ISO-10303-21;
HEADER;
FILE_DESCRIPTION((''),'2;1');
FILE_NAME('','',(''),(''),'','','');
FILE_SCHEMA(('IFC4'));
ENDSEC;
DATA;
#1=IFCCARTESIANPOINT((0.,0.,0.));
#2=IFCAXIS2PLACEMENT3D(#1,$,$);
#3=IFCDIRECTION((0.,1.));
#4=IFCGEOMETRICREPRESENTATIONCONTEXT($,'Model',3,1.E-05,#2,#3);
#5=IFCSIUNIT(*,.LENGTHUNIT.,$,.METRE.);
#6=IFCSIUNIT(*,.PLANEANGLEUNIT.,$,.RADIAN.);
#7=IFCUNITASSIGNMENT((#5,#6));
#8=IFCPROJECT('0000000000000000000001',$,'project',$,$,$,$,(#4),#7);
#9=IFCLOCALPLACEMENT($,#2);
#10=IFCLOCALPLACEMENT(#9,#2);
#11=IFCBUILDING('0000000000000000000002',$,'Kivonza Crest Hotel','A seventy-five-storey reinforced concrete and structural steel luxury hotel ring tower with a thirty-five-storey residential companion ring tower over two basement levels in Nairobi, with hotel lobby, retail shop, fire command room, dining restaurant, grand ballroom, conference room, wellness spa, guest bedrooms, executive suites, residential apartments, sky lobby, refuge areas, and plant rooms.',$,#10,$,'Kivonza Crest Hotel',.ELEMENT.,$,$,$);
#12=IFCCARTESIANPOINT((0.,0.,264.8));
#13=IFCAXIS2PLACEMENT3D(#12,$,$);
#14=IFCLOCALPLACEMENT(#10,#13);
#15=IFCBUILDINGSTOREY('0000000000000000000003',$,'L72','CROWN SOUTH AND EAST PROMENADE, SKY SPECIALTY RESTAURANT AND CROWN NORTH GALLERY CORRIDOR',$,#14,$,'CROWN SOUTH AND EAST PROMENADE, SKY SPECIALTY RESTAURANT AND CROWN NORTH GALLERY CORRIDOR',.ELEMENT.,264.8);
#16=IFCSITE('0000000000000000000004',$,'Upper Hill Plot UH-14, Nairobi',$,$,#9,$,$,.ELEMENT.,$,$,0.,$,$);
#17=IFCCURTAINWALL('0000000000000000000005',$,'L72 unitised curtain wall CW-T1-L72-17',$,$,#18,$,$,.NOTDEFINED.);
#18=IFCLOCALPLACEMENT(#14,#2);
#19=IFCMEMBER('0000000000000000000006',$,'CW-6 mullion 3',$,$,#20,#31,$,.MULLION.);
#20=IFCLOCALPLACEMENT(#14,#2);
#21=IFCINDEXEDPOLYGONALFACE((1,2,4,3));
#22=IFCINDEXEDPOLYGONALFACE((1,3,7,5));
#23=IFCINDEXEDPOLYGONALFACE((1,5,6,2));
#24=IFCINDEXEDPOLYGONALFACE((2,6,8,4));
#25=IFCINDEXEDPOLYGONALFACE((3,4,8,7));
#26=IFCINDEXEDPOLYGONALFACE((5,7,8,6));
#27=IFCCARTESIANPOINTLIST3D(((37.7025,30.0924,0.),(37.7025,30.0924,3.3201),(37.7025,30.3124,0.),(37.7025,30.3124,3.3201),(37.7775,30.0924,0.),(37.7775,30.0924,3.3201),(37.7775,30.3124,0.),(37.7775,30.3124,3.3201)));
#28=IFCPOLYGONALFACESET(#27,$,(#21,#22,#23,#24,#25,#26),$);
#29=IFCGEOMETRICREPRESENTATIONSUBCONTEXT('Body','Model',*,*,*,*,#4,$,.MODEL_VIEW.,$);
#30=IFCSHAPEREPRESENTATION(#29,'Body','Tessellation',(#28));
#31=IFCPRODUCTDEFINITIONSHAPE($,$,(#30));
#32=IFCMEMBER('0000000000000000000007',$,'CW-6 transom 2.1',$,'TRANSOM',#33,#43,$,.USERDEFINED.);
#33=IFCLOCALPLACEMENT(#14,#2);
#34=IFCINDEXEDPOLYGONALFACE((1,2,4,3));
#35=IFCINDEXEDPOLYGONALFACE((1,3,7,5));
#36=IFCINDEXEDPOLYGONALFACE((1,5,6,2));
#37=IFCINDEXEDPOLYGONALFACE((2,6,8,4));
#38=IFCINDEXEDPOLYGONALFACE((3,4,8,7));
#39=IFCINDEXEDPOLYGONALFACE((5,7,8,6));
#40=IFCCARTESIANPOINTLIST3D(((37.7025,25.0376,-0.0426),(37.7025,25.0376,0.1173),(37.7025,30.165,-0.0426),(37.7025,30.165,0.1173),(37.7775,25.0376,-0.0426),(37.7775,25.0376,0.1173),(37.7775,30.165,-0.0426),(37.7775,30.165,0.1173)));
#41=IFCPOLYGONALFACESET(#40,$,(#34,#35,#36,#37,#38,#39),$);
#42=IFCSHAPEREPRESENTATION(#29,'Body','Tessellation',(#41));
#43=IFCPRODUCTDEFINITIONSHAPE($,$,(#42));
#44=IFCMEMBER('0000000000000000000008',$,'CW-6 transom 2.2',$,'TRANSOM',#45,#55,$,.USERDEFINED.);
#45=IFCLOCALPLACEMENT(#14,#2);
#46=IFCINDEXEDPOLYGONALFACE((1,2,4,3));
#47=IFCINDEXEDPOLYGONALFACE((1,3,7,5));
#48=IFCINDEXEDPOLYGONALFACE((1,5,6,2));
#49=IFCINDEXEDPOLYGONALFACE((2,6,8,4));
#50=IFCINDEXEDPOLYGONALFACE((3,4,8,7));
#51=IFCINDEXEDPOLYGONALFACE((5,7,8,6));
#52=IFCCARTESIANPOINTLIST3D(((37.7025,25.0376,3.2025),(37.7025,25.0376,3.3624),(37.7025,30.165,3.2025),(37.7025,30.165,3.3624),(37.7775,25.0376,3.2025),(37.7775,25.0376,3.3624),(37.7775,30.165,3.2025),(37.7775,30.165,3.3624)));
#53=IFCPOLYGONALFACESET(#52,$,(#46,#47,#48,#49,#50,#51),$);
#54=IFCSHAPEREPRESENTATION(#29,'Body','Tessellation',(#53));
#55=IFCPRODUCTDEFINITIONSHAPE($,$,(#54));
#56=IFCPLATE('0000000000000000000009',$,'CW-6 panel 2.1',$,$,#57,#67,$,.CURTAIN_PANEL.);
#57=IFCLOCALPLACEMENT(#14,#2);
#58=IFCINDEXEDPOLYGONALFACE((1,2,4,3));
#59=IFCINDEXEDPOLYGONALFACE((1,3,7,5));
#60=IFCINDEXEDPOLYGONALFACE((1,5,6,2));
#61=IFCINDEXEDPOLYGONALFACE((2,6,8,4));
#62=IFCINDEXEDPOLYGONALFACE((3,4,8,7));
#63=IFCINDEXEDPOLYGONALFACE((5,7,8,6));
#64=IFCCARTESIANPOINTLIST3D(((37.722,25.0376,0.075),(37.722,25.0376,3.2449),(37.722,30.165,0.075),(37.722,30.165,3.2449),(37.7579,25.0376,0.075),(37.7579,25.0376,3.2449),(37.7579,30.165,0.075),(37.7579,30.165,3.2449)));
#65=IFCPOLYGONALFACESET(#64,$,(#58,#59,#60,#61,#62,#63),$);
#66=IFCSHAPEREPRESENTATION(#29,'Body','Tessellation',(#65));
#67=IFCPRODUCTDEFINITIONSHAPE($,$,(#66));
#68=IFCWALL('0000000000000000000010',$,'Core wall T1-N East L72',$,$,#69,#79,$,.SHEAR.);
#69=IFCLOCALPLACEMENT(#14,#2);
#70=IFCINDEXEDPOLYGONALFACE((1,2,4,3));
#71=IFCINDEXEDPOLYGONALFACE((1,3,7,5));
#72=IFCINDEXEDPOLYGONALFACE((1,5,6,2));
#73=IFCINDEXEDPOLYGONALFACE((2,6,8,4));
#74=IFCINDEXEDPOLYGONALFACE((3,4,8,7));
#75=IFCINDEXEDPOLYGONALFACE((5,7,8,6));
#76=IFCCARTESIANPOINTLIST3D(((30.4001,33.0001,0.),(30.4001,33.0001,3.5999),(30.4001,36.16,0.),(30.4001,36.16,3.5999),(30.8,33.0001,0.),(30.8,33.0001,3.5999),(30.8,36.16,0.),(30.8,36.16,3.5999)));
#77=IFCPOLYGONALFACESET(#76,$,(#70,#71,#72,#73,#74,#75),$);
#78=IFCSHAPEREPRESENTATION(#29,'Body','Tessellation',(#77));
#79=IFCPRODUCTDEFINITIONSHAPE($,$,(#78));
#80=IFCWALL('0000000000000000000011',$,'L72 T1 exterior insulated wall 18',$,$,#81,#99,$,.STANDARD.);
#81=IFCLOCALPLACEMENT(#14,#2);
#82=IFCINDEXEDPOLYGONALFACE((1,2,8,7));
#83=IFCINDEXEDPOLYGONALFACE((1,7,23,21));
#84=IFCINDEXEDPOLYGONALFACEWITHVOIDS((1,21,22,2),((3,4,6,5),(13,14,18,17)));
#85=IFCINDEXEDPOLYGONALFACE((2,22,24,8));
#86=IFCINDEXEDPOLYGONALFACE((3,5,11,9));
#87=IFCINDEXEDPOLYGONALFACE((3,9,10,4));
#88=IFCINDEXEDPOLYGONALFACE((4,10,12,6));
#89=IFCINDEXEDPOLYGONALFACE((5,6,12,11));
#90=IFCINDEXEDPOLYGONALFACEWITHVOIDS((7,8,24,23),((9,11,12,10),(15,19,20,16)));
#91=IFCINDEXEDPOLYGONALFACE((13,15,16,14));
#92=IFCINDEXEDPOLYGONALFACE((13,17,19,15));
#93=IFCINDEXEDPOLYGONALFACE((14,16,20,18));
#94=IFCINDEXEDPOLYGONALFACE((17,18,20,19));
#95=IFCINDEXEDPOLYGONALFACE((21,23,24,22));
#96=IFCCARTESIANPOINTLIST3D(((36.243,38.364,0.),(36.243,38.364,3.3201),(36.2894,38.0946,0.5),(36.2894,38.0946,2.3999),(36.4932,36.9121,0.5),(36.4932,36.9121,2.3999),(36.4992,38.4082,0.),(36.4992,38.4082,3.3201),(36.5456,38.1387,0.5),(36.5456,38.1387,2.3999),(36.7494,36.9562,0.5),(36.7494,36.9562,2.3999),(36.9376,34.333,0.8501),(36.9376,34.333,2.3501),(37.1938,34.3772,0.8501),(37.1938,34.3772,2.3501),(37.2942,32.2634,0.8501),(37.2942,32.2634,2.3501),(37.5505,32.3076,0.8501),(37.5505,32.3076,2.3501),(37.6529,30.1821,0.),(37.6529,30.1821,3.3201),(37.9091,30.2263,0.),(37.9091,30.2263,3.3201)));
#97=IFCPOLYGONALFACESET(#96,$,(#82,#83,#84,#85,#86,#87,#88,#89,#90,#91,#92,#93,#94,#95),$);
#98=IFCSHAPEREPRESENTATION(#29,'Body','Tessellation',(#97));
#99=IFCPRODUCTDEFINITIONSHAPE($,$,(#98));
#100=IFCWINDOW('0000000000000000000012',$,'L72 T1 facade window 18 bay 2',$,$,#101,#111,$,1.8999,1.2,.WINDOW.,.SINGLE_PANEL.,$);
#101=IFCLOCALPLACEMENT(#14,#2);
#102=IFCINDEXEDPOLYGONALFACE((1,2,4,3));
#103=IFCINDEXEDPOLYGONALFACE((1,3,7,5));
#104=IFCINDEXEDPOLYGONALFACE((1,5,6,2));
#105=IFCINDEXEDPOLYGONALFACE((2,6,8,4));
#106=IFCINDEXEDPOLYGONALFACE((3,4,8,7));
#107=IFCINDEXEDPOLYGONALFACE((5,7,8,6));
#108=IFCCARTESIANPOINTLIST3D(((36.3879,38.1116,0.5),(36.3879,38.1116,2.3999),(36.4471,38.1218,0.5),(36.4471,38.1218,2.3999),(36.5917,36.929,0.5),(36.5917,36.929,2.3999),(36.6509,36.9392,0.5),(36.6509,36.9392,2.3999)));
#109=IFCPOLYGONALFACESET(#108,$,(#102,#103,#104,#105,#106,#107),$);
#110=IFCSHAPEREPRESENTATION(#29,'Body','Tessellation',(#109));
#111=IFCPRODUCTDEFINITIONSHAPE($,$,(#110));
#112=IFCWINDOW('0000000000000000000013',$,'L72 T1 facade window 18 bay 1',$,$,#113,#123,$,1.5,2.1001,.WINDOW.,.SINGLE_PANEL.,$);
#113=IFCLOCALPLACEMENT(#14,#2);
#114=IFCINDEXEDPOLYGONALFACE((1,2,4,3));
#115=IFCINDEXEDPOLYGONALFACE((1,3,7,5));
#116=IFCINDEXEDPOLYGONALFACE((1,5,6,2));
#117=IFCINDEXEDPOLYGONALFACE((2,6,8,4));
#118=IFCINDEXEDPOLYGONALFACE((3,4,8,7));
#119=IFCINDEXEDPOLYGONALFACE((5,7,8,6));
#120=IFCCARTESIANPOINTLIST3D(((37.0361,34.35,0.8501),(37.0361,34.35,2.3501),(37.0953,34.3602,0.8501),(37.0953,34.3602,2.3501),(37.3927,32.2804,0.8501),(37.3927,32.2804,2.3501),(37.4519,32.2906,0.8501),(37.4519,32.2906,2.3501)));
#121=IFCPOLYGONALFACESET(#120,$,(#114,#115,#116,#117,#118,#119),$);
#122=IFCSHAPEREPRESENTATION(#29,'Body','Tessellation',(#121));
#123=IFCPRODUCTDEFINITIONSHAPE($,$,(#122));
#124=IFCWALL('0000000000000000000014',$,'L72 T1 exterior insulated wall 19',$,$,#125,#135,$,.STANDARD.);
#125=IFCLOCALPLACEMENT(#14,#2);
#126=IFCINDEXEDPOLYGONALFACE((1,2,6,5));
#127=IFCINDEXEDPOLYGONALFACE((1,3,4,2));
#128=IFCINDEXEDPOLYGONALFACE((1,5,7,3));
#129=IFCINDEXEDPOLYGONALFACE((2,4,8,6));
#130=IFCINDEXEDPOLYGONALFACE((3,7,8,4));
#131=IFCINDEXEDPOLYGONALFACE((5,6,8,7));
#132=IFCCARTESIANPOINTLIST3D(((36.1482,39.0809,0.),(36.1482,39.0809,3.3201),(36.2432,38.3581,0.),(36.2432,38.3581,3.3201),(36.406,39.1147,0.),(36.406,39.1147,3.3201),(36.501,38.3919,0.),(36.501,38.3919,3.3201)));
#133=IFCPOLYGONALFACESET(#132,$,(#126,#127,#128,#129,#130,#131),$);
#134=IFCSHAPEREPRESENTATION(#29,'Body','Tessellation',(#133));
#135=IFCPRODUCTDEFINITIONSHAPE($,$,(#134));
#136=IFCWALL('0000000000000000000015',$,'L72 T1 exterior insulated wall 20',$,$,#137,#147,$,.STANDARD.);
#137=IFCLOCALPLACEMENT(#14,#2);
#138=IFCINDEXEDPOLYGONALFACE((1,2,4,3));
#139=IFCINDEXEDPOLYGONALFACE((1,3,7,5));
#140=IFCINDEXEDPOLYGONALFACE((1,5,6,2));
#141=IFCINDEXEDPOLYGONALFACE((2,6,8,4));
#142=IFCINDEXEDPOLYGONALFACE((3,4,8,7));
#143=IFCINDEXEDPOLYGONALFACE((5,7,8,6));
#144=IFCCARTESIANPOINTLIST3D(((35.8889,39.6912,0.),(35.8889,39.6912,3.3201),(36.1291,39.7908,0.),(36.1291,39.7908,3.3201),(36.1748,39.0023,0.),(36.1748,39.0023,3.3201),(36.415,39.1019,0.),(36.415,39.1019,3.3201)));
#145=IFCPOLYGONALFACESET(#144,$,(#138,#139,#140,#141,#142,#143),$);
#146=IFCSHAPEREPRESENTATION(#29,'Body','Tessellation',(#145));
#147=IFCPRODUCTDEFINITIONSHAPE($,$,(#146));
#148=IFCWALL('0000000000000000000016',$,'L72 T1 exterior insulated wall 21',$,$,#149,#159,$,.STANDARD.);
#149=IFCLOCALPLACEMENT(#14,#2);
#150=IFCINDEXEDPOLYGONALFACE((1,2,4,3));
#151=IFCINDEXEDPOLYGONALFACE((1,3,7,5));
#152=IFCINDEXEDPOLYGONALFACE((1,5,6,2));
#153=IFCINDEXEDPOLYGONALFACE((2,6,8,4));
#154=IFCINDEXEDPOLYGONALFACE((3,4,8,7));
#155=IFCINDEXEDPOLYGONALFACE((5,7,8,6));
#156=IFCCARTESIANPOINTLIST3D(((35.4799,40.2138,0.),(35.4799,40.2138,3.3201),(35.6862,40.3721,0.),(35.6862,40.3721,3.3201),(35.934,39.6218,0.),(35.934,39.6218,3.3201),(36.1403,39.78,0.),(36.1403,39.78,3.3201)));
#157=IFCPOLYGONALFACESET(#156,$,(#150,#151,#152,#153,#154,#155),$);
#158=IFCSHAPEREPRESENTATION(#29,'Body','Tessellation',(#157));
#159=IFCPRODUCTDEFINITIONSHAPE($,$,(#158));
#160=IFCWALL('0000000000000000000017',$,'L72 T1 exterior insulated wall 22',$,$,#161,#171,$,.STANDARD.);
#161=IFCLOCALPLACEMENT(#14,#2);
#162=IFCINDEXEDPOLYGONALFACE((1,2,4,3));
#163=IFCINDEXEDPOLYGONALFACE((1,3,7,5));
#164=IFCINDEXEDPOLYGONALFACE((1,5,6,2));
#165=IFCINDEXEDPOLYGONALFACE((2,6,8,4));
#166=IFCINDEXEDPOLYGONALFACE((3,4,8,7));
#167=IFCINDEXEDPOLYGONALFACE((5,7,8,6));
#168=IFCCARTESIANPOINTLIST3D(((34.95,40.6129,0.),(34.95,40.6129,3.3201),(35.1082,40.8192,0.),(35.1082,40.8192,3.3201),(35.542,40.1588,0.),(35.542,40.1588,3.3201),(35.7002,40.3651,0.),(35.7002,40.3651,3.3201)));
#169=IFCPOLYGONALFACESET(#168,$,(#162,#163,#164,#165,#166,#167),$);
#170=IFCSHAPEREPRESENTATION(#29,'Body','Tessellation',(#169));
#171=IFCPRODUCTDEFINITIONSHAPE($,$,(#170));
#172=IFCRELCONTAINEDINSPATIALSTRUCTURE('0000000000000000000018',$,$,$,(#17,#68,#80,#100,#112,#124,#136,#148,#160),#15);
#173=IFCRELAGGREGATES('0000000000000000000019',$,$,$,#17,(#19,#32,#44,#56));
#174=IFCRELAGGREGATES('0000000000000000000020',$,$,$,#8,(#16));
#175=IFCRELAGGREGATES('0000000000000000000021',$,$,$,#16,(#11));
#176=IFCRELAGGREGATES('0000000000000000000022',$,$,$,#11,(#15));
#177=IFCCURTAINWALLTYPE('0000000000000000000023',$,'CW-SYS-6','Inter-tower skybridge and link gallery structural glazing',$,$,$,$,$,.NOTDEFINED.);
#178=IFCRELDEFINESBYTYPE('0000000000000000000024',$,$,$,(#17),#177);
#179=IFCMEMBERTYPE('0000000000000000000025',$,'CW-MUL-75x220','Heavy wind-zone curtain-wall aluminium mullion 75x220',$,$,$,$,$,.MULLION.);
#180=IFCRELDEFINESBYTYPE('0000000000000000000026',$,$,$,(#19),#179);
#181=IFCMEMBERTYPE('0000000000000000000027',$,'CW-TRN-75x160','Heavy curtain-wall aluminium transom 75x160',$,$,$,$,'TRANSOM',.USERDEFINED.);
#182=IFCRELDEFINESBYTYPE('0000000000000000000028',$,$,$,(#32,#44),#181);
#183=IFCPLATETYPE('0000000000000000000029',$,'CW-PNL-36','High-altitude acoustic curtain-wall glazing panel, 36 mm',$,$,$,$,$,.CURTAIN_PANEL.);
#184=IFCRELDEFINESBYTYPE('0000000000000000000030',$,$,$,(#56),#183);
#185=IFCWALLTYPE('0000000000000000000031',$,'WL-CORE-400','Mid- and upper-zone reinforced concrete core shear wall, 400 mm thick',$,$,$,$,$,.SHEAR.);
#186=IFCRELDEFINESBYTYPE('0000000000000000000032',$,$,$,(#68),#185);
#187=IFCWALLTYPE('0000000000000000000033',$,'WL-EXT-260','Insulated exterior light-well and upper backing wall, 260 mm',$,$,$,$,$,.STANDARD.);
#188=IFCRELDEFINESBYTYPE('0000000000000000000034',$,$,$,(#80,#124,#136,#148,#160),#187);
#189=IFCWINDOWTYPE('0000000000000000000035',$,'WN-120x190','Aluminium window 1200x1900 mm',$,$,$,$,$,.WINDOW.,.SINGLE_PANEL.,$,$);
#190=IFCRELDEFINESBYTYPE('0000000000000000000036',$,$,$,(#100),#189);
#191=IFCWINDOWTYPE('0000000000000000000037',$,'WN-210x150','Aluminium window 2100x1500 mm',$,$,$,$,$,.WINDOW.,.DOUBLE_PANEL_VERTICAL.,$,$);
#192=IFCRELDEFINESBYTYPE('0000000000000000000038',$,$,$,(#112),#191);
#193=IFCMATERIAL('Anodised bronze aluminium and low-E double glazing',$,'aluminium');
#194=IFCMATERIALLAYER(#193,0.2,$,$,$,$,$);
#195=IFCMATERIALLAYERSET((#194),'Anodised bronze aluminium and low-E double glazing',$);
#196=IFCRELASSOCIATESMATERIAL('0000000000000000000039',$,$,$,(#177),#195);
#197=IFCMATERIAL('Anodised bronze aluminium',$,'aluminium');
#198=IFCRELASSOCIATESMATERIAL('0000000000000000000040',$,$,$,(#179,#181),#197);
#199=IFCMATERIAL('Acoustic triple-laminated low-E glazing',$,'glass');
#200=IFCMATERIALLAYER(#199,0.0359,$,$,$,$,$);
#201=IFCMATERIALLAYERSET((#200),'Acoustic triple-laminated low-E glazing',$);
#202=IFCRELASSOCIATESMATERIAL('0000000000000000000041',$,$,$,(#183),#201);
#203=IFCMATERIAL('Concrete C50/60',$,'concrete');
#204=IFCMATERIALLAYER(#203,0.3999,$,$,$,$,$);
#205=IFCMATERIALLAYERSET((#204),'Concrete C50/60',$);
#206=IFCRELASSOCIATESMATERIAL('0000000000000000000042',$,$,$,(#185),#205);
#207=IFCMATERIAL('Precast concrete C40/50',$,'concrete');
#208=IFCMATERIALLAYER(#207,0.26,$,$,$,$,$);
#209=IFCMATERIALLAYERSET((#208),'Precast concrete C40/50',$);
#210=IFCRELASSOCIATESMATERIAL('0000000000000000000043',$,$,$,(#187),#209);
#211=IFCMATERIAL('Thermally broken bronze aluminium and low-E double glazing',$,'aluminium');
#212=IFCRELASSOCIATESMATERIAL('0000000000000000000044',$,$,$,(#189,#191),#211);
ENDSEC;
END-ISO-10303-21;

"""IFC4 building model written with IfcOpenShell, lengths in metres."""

from ifc_helpers import new_model, si_unit, direction, frame, frame_2d, origin, origin_2d, place, context, subcontext, project, spatial, rectangle, extrude, material, layer, layer_set, material_profile, profile_set, type_object, element, fill, aggregate, save


model = new_model("IFC4")

# Units and contexts
model_context = context("Model", 3, precision=1e-05, world=origin(), true_north=direction((0.0, 1.0)))
body_context = subcontext(model_context, "Body", "Model", "MODEL_VIEW")
ifc_project = project(units=[si_unit("LENGTHUNIT", "METRE"), si_unit("PLANEANGLEUNIT", "RADIAN")], contexts=[model_context])

# Site, building, storey
site_placement = place(None, origin())
site = spatial("IfcSite", under=ifc_project, at=site_placement, Name="Upper Hill Plot UH-14, Nairobi", CompositionType="ELEMENT", RefElevation=0.0)
building_placement = place(site_placement, origin())
building = spatial("IfcBuilding", under=site, at=building_placement, Name="Kivonza Crest Hotel", Description="A seventy-five-storey reinforced concrete and structural steel luxury hotel ring tower with a thirty-five-storey residential companion ring tower over two basement levels in Nairobi, with hotel lobby, retail shop, fire command room, dining restaurant, grand ballroom, conference room, wellness spa, guest bedrooms, executive suites, residential apartments, sky lobby, refuge areas, and plant rooms.", LongName="Kivonza Crest Hotel", CompositionType="ELEMENT")
storey_placement = place(building_placement, frame((0.0, 0.0, 264.8)))
storey = spatial("IfcBuildingStorey", under=building, at=storey_placement, Name="L72", Description="CROWN SOUTH AND EAST PROMENADE, SKY SPECIALTY RESTAURANT AND CROWN NORTH GALLERY CORRIDOR", LongName="CROWN SOUTH AND EAST PROMENADE, SKY SPECIALTY RESTAURANT AND CROWN NORTH GALLERY CORRIDOR", CompositionType="ELEMENT", Elevation=264.8)

# Shared definitions
ifc_material_1 = material(Name="Concrete C50/60", Category="concrete")

# Curtain wall, members, plate
ifc_material_2 = material(Name="Anodised bronze aluminium and low-E double glazing", Category="aluminium")
ifc_layer_1 = layer(ifc_material_2, 0.2)
ifc_layer_set_1 = layer_set([ifc_layer_1], Name="Anodised bronze aluminium and low-E double glazing")
curtain_wall_type = type_object("IfcCurtainWallType", Name="CW-SYS-6", Description="Inter-tower skybridge and link gallery structural glazing", PredefinedType="NOTDEFINED", material=ifc_layer_set_1)
curtain_wall_placement = place(storey_placement, origin())
curtain_wall = element("IfcCurtainWall", 1, at=curtain_wall_placement, inside=storey, type_object=curtain_wall_type, Name="L72 unitised curtain wall CW-T1-L72-17", PredefinedType="NOTDEFINED")
ifc_material_3 = material(Name="Anodised bronze aluminium", Category="aluminium")
ifc_material_profile_1 = material_profile(ifc_material_3, rectangle(XDim=0.075, YDim=0.22, at=origin_2d()), Name="CW-M 75x220")
ifc_profile_set_1 = profile_set([ifc_material_profile_1], Name="Anodised bronze aluminium")
member_type_1 = type_object("IfcMemberType", Name="CW-MUL-75x220", Description="Heavy wind-zone curtain-wall aluminium mullion 75x220", PredefinedType="MULLION", material=ifc_profile_set_1)
member_1_placement = place(storey_placement, frame((37.74, 30.2024, 0.0), z_axis=(0.0, 0.0, 1.0), x_axis=(-1.0, 0.0, 0.0)))
member_1 = element("IfcMember", 2, at=member_1_placement, type_object=member_type_1, Name="CW-6 mullion 3", PredefinedType="MULLION", context=body_context, shape_type="SweptSolid", body=[
    extrude(rectangle(XDim=0.075, YDim=0.22, at=origin_2d()), origin(), (0.0, 0.0, 1.0), 3.3201),
])
ifc_material_profile_2 = material_profile(ifc_material_3, rectangle(XDim=0.075, YDim=0.1599, at=origin_2d()), Name="CW-T 75x160")
ifc_profile_set_2 = profile_set([ifc_material_profile_2], Name="Anodised bronze aluminium")
member_type_2 = type_object("IfcMemberType", Name="CW-TRN-75x160", Description="Heavy curtain-wall aluminium transom 75x160", ElementType="TRANSOM", PredefinedType="USERDEFINED", material=ifc_profile_set_2)
member_2_placement = place(storey_placement, frame((37.74, 25.0376, 0.0374), z_axis=(0.0, 1.0, 0.0), x_axis=(-1.0, 0.0, 0.0)))
member_2 = element("IfcMember", 3, at=member_2_placement, type_object=member_type_2, Name="CW-6 transom 2.1", ObjectType="TRANSOM", PredefinedType="USERDEFINED", context=body_context, shape_type="SweptSolid", body=[
    extrude(rectangle(XDim=0.075, YDim=0.1599, at=origin_2d()), origin(), (0.0, 0.0, 1.0), 5.1274),
])
member_3_placement = place(storey_placement, frame((37.74, 25.0376, 3.2825), z_axis=(0.0, 1.0, 0.0), x_axis=(-1.0, 0.0, 0.0)))
member_3 = element("IfcMember", 4, at=member_3_placement, type_object=member_type_2, Name="CW-6 transom 2.2", ObjectType="TRANSOM", PredefinedType="USERDEFINED", context=body_context, shape_type="SweptSolid", body=[
    extrude(rectangle(XDim=0.075, YDim=0.1599, at=origin_2d()), origin(), (0.0, 0.0, 1.0), 5.1274),
])
ifc_material_4 = material(Name="Acoustic triple-laminated low-E glazing", Category="glass")
ifc_layer_2 = layer(ifc_material_4, 0.0359)
ifc_layer_set_2 = layer_set([ifc_layer_2], Name="Acoustic triple-laminated low-E glazing")
plate_type = type_object("IfcPlateType", Name="CW-PNL-36", Description="High-altitude acoustic curtain-wall glazing panel, 36 mm", PredefinedType="CURTAIN_PANEL", material=ifc_layer_set_2)
plate_placement = place(storey_placement, frame((37.74, 27.6013, 0.075), z_axis=(0.0, 0.0, 1.0), x_axis=(0.0, 1.0, 0.0)))
plate = element("IfcPlate", 5, at=plate_placement, type_object=plate_type, Name="CW-6 panel 2.1", PredefinedType="CURTAIN_PANEL", context=body_context, shape_type="SweptSolid", body=[
    extrude(rectangle(XDim=5.1274, YDim=0.0359, at=origin_2d()), origin(), (0.0, 0.0, 1.0), 3.1699),
])
aggregate(curtain_wall, [member_1, member_2, member_3, plate])

# Wall
ifc_layer_3 = layer(ifc_material_1, 0.3999)
ifc_layer_set_3 = layer_set([ifc_layer_3], Name="Concrete C50/60")
wall_type_1 = type_object("IfcWallType", Name="WL-CORE-400", Description="Mid- and upper-zone reinforced concrete core shear wall, 400 mm thick", PredefinedType="SHEAR", material=ifc_layer_set_3)
wall_1_placement = place(storey_placement, frame((30.6001, 33.0, 0.0), z_axis=(0.0, 0.0, 1.0), x_axis=(0.0, 1.0, 0.0)))
element("IfcWall", 6, at=wall_1_placement, inside=storey, type_object=wall_type_1, Name="Core wall T1-N East L72", PredefinedType="SHEAR", context=body_context, shape_type="SweptSolid", body=[
    extrude(rectangle(XDim=3.1599, YDim=0.3999, at=frame_2d((1.5801, 0.0))), origin(), (0.0, 0.0, 1.0), 3.5999),
])

# Wall, openings, windows
ifc_material_5 = material(Name="Precast concrete C40/50", Category="concrete")
ifc_layer_4 = layer(ifc_material_5, 0.26)
ifc_layer_set_4 = layer_set([ifc_layer_4], Name="Precast concrete C40/50")
wall_type_2 = type_object("IfcWallType", Name="WL-EXT-260", Description="Insulated exterior light-well and upper backing wall, 260 mm", PredefinedType="STANDARD", material=ifc_layer_set_4)
wall_2_placement = place(storey_placement, frame((37.781, 30.2041, 0.0), z_axis=(0.0, 0.0, 1.0), x_axis=(-0.169818, 0.985475, 0.0)))
wall_2 = element("IfcWall", 7, at=wall_2_placement, inside=storey, type_object=wall_type_2, Name="L72 T1 exterior insulated wall 18", PredefinedType="STANDARD", context=body_context, shape_type="SweptSolid", body=[
    extrude(rectangle(XDim=8.3025, YDim=0.26, at=frame_2d((4.1514, 0.0))), origin(), (0.0, 0.0, 1.0), 3.3201),
])
opening_1_placement = place(wall_2_placement, frame((2.1121, 0.0, 0.8501)))
opening_1 = element("IfcOpeningElement", 8, at=opening_1_placement, cuts=wall_2, PredefinedType="OPENING", context=body_context, shape_type="SweptSolid", body=[
    extrude(rectangle(XDim=2.1001, YDim=1.5, at=frame_2d((1.05, 0.75))), frame((0.0, 0.1401, 0.0), z_axis=(0.0, -1.0, 0.0), x_axis=(1.0, 0.0, 0.0)), (0.0, 0.0, 1.0), 0.28),
])
opening_2_placement = place(wall_2_placement, frame((6.8291, 0.0, 0.5)))
opening_2 = element("IfcOpeningElement", 9, at=opening_2_placement, cuts=wall_2, PredefinedType="OPENING", context=body_context, shape_type="SweptSolid", body=[
    extrude(rectangle(XDim=1.2, YDim=1.8999, at=frame_2d((0.6001, 0.95))), frame((0.0, 0.1401, 0.0), z_axis=(0.0, -1.0, 0.0), x_axis=(1.0, 0.0, 0.0)), (0.0, 0.0, 1.0), 0.28),
])
ifc_material_6 = material(Name="Thermally broken bronze aluminium and low-E double glazing", Category="aluminium")
window_type_1 = type_object("IfcWindowType", Name="WN-120x190", Description="Aluminium window 1200x1900 mm", PartitioningType="SINGLE_PANEL", PredefinedType="WINDOW", material=ifc_material_6)
window_1_placement = place(opening_2_placement, origin())
window_1 = element("IfcWindow", 10, at=window_1_placement, inside=storey, type_object=window_type_1, Name="L72 T1 facade window 18 bay 2", OverallHeight=1.8999, OverallWidth=1.2, PartitioningType="SINGLE_PANEL", PredefinedType="WINDOW", context=body_context, shape_type="SweptSolid", body=[
    extrude(rectangle(XDim=1.2, YDim=1.8999, at=frame_2d((0.6001, 0.95))), frame((0.0, 0.03, 0.0), z_axis=(0.0, -1.0, 0.0), x_axis=(1.0, 0.0, 0.0)), (0.0, 0.0, 1.0), 0.0601),
])
fill(opening_2, window_1)
window_type_2 = type_object("IfcWindowType", Name="WN-210x150", Description="Aluminium window 2100x1500 mm", PartitioningType="DOUBLE_PANEL_VERTICAL", PredefinedType="WINDOW", material=ifc_material_6)
window_2_placement = place(opening_1_placement, origin())
window_2 = element("IfcWindow", 11, at=window_2_placement, inside=storey, type_object=window_type_2, Name="L72 T1 facade window 18 bay 1", OverallHeight=1.5, OverallWidth=2.1001, PartitioningType="SINGLE_PANEL", PredefinedType="WINDOW", context=body_context, shape_type="SweptSolid", body=[
    extrude(rectangle(XDim=2.1001, YDim=1.5, at=frame_2d((1.05, 0.75))), frame((0.0, 0.03, 0.0), z_axis=(0.0, -1.0, 0.0), x_axis=(1.0, 0.0, 0.0)), (0.0, 0.0, 1.0), 0.0601),
])
fill(opening_1, window_2)

# Walls
wall_3_placement = place(storey_placement, frame((36.3721, 38.375, 0.0), z_axis=(0.0, 0.0, 1.0), x_axis=(-0.130255, 0.99148, 0.0)))
element("IfcWall", 12, at=wall_3_placement, inside=storey, type_object=wall_type_2, Name="L72 T1 exterior insulated wall 19", PredefinedType="STANDARD", context=body_context, shape_type="SweptSolid", body=[
    extrude(rectangle(XDim=0.729, YDim=0.26, at=frame_2d((0.3645, 0.0))), origin(), (0.0, 0.0, 1.0), 3.3201),
])
wall_4_placement = place(storey_placement, frame((36.2949, 39.052, 0.0), z_axis=(0.0, 0.0, 1.0), x_axis=(-0.383267, 0.923638, 0.0)))
element("IfcWall", 13, at=wall_4_placement, inside=storey, type_object=wall_type_2, Name="L72 T1 exterior insulated wall 20", PredefinedType="STANDARD", context=body_context, shape_type="SweptSolid", body=[
    extrude(rectangle(XDim=0.7458, YDim=0.26, at=frame_2d((0.373, 0.0))), origin(), (0.0, 0.0, 1.0), 3.3201),
])
for number, where, z_axis, x_axis, name in (
    (14, (36.0371, 39.7009, 0.0), (0.0, 0.0, 1.0), (-0.608603, 0.793475, 0.0), "L72 T1 exterior insulated wall 21"),
    (15, (35.6211, 40.262, 0.0), (0.0, 0.0, 1.0), (-0.793475, 0.608603, 0.0), "L72 T1 exterior insulated wall 22"),
):
    element("IfcWall", number, at=place(storey_placement, frame(where, z_axis=z_axis, x_axis=x_axis)), inside=storey, type_object=wall_type_2, Name=name, PredefinedType="STANDARD", context=body_context, shape_type="SweptSolid", body=[
        extrude(rectangle(XDim=0.7461, YDim=0.26, at=frame_2d((0.373, 0.0))), origin(), (0.0, 0.0, 1.0), 3.3201),
    ])

save(model, "model.ifc")
